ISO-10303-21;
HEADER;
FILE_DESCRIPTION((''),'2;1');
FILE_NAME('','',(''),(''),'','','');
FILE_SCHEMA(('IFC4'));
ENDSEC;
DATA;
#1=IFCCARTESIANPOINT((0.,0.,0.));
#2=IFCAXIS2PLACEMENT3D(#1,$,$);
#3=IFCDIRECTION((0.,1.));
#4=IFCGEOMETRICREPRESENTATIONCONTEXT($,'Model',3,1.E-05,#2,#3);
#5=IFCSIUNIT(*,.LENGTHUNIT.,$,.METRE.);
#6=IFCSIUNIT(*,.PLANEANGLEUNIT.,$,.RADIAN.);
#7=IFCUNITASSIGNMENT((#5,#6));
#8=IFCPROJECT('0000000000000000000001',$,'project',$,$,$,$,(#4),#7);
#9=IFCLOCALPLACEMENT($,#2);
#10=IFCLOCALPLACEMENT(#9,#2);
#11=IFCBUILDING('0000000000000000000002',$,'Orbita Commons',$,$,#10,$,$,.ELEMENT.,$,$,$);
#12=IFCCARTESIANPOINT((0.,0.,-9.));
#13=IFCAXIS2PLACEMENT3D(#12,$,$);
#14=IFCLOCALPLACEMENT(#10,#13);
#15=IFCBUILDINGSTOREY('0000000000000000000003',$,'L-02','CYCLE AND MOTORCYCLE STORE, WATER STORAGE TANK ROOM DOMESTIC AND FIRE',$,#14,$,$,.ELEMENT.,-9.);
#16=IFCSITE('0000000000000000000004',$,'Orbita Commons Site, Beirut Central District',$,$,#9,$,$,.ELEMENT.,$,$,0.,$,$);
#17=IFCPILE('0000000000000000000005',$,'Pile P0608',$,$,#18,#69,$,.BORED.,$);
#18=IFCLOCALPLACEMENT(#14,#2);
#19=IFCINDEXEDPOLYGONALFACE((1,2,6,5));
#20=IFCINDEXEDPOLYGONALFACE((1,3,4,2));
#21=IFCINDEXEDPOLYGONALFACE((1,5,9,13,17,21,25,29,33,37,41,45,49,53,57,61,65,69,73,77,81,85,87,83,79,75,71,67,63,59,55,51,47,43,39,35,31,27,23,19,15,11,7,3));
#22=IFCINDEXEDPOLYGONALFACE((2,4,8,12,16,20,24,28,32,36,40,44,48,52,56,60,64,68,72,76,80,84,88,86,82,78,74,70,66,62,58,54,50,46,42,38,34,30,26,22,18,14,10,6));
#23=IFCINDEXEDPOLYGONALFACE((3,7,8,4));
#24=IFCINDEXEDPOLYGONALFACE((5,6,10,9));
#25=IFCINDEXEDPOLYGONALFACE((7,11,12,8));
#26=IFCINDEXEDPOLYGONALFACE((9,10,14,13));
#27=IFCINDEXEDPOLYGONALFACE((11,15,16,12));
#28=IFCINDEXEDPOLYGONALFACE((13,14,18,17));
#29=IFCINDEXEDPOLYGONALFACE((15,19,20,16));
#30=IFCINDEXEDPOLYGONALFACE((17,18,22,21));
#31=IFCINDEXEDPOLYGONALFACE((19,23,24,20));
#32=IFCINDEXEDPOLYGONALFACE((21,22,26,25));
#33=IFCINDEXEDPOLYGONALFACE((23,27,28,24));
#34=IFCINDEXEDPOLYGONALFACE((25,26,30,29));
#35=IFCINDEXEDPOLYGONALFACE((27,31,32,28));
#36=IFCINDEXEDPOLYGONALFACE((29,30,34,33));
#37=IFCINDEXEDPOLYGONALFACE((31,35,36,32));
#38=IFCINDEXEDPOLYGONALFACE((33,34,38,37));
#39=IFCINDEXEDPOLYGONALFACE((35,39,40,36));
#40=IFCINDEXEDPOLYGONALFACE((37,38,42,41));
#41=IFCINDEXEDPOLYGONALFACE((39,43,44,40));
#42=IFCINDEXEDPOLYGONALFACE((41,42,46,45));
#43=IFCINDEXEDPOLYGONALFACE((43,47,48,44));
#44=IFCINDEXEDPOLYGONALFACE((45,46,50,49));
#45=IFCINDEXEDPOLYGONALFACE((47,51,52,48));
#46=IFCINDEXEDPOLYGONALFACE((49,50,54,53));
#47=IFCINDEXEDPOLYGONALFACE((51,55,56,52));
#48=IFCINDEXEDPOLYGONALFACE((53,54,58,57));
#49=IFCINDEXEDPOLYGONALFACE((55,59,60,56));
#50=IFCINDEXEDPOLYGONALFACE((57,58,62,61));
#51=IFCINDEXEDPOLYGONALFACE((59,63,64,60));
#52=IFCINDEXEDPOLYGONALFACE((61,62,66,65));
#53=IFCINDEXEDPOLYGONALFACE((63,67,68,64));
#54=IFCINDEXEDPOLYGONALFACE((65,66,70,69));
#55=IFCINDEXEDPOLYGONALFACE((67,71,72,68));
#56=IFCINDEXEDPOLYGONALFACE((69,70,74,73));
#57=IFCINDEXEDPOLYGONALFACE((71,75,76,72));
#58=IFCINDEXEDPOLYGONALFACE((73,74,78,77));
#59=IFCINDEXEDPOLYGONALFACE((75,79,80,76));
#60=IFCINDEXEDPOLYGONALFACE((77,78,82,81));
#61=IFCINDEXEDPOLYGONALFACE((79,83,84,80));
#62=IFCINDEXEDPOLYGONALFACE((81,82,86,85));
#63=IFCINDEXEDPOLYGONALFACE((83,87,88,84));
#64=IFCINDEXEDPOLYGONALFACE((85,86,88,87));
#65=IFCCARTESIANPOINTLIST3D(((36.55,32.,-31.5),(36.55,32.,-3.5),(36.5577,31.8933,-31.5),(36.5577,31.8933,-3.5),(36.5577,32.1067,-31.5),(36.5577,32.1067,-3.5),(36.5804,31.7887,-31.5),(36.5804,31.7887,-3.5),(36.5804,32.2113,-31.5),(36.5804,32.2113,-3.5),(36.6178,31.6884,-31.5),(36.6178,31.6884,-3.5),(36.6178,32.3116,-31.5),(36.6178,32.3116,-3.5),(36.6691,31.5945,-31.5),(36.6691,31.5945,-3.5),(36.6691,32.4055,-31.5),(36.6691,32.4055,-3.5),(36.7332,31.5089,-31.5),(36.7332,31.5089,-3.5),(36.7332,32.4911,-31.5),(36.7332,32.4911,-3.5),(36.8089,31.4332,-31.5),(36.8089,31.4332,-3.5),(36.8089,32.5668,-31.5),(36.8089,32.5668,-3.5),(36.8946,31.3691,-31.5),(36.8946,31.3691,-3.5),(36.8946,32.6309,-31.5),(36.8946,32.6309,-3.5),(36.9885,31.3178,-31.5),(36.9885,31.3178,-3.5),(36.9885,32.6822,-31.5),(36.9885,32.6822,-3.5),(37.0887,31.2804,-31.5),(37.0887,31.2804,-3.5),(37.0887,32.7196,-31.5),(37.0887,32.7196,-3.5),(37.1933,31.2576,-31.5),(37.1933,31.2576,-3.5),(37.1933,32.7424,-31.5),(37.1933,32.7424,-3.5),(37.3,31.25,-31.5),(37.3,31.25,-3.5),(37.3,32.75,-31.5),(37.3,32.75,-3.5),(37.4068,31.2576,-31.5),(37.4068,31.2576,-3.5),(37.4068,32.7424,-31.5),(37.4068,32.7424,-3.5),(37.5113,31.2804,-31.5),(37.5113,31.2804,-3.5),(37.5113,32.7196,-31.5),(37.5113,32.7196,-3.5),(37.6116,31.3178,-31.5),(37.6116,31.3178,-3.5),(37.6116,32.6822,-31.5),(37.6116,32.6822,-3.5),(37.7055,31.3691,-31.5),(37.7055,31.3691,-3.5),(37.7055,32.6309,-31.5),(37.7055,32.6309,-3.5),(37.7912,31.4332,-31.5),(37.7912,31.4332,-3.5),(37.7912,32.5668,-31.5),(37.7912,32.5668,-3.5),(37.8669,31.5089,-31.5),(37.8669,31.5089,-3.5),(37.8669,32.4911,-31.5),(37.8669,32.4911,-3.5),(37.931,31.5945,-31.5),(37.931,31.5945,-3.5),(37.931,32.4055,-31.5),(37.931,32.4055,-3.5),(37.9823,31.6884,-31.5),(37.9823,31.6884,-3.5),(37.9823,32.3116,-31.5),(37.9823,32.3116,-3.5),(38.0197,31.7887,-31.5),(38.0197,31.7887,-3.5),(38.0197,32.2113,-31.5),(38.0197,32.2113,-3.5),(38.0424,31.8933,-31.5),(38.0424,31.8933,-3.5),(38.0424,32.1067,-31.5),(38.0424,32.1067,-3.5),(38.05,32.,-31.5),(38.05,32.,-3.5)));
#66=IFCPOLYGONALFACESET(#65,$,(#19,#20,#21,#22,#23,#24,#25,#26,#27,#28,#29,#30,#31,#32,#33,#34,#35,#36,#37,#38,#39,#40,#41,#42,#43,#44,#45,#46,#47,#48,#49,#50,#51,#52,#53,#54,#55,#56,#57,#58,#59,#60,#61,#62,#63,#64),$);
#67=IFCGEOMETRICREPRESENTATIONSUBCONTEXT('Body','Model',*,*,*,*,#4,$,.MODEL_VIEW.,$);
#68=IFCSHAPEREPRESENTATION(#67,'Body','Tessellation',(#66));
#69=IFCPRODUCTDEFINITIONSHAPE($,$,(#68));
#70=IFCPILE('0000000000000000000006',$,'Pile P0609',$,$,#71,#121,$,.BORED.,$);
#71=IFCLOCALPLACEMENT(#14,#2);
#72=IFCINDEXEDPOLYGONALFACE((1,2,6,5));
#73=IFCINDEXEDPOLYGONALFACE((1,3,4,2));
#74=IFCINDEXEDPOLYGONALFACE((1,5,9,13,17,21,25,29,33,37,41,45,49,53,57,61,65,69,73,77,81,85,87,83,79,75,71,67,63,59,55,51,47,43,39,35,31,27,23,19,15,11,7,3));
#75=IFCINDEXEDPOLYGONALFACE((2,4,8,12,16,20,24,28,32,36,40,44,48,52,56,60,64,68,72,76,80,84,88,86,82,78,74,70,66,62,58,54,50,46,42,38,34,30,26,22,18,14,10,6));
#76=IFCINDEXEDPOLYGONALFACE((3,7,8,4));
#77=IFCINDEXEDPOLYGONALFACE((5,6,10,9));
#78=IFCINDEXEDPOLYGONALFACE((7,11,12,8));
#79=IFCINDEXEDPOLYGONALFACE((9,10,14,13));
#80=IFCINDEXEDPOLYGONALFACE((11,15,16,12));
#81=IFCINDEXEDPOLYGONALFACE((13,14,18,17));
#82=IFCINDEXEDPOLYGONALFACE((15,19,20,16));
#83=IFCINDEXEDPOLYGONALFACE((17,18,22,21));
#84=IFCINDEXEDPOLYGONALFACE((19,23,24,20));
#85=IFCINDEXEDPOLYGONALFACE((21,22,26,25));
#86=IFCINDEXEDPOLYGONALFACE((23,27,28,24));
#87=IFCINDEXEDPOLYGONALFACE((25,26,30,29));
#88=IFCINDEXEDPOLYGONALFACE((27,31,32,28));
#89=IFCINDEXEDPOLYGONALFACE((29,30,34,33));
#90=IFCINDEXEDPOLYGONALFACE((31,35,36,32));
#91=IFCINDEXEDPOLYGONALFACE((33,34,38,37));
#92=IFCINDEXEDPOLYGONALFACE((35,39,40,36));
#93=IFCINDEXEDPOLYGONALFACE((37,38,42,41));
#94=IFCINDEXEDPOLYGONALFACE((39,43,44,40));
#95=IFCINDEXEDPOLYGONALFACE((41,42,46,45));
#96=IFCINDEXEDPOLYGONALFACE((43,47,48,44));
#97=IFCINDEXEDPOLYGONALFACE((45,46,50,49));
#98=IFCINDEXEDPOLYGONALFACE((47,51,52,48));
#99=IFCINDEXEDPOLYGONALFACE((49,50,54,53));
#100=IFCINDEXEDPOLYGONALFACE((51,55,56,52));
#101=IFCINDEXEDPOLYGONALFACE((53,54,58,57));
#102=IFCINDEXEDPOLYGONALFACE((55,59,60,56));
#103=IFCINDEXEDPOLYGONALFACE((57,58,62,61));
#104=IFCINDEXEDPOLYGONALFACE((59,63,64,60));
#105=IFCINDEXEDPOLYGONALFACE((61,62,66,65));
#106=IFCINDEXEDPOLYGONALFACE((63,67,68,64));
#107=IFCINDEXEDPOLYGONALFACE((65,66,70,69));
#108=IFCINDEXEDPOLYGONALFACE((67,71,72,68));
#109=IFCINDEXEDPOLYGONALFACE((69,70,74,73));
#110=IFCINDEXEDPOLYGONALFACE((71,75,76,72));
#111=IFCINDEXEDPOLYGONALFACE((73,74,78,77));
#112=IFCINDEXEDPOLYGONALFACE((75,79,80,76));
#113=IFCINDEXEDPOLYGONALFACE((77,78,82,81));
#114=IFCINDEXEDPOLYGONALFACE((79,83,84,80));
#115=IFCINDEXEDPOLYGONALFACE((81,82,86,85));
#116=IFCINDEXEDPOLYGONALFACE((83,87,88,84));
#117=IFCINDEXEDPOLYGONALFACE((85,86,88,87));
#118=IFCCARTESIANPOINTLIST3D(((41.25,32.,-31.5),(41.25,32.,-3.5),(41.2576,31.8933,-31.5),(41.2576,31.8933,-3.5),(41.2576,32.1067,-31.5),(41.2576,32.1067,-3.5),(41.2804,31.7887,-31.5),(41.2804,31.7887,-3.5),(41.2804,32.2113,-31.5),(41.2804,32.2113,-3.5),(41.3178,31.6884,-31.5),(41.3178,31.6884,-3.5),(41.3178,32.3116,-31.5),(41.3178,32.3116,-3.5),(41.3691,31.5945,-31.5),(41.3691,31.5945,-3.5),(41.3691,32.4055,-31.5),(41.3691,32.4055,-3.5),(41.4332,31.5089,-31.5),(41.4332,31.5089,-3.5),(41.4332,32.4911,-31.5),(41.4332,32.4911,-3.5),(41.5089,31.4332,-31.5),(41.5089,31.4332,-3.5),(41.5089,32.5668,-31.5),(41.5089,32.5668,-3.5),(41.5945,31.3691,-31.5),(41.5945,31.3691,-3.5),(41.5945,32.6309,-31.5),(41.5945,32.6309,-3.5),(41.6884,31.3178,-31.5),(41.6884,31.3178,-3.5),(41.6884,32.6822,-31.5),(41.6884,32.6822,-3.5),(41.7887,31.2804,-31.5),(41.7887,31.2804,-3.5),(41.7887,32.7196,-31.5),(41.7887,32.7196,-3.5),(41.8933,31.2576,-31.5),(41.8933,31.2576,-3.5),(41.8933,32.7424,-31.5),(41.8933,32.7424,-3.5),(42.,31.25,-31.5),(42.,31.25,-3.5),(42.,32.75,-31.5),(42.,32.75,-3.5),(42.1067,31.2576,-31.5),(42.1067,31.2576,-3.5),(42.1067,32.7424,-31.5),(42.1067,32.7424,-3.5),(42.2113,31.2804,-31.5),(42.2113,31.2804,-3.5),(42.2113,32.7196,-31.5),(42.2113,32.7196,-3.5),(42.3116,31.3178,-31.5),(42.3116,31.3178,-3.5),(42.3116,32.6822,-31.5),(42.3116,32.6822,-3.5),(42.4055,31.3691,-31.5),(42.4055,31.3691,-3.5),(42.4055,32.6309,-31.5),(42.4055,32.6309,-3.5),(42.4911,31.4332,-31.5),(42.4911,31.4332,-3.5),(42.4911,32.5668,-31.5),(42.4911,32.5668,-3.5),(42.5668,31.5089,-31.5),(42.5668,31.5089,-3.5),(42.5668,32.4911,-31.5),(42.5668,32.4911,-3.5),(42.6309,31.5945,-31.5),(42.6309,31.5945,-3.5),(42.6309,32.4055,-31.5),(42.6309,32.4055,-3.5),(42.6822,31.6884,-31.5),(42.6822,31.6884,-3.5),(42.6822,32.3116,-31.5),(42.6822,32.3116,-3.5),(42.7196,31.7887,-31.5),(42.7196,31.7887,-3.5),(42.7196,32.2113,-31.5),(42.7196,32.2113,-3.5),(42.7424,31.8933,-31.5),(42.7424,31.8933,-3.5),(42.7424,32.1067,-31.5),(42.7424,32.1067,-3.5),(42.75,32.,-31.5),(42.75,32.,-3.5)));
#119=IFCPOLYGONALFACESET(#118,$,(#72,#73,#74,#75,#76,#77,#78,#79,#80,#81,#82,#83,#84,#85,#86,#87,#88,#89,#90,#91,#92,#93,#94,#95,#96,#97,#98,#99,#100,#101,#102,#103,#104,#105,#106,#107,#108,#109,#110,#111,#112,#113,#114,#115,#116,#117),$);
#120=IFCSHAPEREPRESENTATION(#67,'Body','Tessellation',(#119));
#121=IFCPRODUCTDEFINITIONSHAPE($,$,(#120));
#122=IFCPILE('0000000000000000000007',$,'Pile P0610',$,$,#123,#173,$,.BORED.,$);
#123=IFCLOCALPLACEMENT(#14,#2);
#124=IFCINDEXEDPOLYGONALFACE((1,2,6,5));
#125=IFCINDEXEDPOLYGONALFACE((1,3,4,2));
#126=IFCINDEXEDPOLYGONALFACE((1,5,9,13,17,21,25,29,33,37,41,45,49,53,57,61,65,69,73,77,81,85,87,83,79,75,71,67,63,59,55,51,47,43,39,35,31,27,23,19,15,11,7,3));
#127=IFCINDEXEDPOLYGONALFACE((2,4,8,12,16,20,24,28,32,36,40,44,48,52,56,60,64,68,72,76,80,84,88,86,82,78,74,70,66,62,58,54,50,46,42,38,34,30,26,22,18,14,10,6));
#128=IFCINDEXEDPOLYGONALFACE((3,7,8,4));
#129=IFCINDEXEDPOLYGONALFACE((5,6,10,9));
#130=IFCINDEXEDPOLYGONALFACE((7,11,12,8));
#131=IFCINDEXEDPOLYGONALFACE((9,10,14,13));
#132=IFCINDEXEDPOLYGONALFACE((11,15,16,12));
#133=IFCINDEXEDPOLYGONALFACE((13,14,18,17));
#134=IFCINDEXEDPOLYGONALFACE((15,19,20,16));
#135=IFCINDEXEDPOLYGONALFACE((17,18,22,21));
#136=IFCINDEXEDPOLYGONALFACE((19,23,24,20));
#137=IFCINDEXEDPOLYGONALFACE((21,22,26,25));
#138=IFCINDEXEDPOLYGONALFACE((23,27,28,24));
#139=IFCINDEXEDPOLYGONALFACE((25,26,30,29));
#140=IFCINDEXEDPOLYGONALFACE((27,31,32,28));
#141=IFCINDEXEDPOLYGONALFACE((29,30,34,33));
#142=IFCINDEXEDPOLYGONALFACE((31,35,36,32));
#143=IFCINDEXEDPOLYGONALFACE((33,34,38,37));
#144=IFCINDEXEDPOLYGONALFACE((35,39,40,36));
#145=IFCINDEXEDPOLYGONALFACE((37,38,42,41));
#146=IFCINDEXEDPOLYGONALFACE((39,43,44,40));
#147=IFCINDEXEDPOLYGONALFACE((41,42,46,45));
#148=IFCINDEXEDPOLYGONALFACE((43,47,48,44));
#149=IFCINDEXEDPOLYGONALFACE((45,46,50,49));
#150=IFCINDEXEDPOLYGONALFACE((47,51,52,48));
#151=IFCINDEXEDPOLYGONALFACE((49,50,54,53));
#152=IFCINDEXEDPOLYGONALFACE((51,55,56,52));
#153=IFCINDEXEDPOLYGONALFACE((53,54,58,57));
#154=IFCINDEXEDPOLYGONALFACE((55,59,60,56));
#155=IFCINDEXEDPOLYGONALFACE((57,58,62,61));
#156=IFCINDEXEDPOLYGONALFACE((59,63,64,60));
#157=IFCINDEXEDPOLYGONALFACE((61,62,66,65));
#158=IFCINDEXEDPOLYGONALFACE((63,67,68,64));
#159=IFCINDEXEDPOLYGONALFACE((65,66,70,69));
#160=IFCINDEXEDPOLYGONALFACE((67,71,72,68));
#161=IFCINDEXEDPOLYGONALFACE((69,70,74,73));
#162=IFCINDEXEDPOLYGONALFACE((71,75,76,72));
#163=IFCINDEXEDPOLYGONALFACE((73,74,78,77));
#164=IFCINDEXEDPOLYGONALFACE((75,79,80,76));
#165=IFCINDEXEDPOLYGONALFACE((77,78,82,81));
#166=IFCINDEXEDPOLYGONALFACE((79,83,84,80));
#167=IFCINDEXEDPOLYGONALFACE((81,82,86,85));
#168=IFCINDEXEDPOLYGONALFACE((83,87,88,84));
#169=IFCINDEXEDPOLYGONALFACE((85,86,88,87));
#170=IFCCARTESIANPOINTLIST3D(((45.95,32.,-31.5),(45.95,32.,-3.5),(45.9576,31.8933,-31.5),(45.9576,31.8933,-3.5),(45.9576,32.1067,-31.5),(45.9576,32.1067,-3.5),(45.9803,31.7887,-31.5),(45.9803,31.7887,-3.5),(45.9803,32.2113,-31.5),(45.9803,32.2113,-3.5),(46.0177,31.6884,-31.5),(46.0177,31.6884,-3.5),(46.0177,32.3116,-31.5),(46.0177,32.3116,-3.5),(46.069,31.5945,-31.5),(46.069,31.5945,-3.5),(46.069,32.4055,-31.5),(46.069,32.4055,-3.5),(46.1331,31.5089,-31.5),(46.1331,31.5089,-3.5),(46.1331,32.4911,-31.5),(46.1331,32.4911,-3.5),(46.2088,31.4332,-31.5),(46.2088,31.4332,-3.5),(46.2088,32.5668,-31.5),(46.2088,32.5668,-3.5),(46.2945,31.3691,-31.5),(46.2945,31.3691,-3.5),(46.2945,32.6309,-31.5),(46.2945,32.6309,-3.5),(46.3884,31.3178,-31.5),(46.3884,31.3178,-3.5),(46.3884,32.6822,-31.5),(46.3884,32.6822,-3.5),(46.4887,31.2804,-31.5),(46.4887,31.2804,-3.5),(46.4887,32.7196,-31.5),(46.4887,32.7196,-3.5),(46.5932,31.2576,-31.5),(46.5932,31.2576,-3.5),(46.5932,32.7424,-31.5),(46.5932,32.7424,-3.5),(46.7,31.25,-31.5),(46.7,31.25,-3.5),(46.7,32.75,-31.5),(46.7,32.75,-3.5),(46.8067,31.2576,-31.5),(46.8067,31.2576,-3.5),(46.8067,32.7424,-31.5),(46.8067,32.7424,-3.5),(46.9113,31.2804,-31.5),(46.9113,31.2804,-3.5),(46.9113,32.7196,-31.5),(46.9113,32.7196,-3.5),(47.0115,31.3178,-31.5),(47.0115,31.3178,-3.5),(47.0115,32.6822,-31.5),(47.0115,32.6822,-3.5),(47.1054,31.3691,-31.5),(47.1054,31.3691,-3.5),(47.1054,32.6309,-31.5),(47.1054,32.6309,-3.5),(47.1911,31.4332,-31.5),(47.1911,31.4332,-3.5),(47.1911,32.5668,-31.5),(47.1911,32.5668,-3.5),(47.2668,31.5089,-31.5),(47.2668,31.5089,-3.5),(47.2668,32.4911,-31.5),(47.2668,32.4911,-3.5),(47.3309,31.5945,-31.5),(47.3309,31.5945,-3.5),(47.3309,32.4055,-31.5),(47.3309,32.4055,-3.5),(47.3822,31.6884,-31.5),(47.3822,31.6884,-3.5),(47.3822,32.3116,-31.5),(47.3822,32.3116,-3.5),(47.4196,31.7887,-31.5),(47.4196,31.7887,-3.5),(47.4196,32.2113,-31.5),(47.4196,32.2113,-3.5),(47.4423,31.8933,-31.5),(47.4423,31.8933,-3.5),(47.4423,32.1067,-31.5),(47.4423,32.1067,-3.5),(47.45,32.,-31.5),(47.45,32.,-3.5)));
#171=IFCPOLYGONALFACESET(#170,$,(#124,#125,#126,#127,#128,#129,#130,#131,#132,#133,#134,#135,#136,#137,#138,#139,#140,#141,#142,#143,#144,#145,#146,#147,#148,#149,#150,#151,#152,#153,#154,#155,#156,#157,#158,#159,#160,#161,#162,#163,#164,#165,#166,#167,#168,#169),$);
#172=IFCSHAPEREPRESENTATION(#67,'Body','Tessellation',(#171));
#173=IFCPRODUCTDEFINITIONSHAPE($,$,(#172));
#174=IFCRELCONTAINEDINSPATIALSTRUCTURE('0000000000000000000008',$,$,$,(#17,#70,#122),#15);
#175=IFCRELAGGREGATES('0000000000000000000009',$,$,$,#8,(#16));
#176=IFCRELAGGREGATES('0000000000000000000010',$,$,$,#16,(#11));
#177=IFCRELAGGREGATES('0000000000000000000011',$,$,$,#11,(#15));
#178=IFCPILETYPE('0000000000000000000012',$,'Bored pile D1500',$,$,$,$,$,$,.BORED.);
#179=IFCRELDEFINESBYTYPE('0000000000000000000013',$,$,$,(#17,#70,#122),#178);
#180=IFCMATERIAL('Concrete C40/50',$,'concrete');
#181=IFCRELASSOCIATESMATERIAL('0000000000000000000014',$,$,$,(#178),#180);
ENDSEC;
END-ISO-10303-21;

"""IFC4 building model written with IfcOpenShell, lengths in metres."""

from ifc_helpers import new_model, si_unit, direction, frame, origin, origin_2d, place, context, subcontext, project, spatial, circle, extrude, material, material_profile, profile_set, type_object, element, save


model = new_model("IFC4")

# Units and contexts
model_context = context("Model", 3, precision=1e-05, world=origin(), true_north=direction((0.0, 1.0)))
body_context = subcontext(model_context, "Body", "Model", "MODEL_VIEW")
ifc_project = project(units=[si_unit("LENGTHUNIT", "METRE"), si_unit("PLANEANGLEUNIT", "RADIAN")], contexts=[model_context])

# Site, building, storey
site_placement = place(None, origin())
site = spatial("IfcSite", under=ifc_project, at=site_placement, Name="Orbita Commons Site, Beirut Central District", CompositionType="ELEMENT", RefElevation=0.0)
building_placement = place(site_placement, origin())
building = spatial("IfcBuilding", under=site, at=building_placement, Name="Orbita Commons", CompositionType="ELEMENT")
storey_placement = place(building_placement, frame((0.0, 0.0, -9.0)))
storey = spatial("IfcBuildingStorey", under=building, at=storey_placement, Name="L-02", Description="CYCLE AND MOTORCYCLE STORE, WATER STORAGE TANK ROOM DOMESTIC AND FIRE", CompositionType="ELEMENT", Elevation=-9.0)

# Piles
ifc_material_1 = material(Name="Concrete C40/50", Category="concrete")
ifc_material_profile = material_profile(ifc_material_1, circle(Radius=0.75, at=origin_2d()), Name="RC D1500")
ifc_profile_set = profile_set([ifc_material_profile], Name="Concrete C40/50")
pile_type = type_object("IfcPileType", Name="Bored pile D1500", PredefinedType="BORED", material=ifc_profile_set)
for number, where, z_axis, x_axis, name in (
    (1, (37.3, 32.0, -3.5), (0.0, 0.0, -1.0), (1.0, 0.0, 0.0), "Pile P0608"),
    (2, (42.0, 32.0, -3.5), (0.0, 0.0, -1.0), (1.0, 0.0, 0.0), "Pile P0609"),
    (3, (46.7, 32.0, -3.5), (0.0, 0.0, -1.0), (1.0, 0.0, 0.0), "Pile P0610"),
):
    element("IfcPile", number, at=place(storey_placement, frame(where, z_axis=z_axis, x_axis=x_axis)), inside=storey, type_object=pile_type, Name=name, PredefinedType="BORED", context=body_context, shape_type="SweptSolid", body=[
        extrude(circle(Radius=0.75, at=origin_2d()), origin(), (0.0, 0.0, 1.0), 28.0),
    ])

save(model, "model.ifc")
